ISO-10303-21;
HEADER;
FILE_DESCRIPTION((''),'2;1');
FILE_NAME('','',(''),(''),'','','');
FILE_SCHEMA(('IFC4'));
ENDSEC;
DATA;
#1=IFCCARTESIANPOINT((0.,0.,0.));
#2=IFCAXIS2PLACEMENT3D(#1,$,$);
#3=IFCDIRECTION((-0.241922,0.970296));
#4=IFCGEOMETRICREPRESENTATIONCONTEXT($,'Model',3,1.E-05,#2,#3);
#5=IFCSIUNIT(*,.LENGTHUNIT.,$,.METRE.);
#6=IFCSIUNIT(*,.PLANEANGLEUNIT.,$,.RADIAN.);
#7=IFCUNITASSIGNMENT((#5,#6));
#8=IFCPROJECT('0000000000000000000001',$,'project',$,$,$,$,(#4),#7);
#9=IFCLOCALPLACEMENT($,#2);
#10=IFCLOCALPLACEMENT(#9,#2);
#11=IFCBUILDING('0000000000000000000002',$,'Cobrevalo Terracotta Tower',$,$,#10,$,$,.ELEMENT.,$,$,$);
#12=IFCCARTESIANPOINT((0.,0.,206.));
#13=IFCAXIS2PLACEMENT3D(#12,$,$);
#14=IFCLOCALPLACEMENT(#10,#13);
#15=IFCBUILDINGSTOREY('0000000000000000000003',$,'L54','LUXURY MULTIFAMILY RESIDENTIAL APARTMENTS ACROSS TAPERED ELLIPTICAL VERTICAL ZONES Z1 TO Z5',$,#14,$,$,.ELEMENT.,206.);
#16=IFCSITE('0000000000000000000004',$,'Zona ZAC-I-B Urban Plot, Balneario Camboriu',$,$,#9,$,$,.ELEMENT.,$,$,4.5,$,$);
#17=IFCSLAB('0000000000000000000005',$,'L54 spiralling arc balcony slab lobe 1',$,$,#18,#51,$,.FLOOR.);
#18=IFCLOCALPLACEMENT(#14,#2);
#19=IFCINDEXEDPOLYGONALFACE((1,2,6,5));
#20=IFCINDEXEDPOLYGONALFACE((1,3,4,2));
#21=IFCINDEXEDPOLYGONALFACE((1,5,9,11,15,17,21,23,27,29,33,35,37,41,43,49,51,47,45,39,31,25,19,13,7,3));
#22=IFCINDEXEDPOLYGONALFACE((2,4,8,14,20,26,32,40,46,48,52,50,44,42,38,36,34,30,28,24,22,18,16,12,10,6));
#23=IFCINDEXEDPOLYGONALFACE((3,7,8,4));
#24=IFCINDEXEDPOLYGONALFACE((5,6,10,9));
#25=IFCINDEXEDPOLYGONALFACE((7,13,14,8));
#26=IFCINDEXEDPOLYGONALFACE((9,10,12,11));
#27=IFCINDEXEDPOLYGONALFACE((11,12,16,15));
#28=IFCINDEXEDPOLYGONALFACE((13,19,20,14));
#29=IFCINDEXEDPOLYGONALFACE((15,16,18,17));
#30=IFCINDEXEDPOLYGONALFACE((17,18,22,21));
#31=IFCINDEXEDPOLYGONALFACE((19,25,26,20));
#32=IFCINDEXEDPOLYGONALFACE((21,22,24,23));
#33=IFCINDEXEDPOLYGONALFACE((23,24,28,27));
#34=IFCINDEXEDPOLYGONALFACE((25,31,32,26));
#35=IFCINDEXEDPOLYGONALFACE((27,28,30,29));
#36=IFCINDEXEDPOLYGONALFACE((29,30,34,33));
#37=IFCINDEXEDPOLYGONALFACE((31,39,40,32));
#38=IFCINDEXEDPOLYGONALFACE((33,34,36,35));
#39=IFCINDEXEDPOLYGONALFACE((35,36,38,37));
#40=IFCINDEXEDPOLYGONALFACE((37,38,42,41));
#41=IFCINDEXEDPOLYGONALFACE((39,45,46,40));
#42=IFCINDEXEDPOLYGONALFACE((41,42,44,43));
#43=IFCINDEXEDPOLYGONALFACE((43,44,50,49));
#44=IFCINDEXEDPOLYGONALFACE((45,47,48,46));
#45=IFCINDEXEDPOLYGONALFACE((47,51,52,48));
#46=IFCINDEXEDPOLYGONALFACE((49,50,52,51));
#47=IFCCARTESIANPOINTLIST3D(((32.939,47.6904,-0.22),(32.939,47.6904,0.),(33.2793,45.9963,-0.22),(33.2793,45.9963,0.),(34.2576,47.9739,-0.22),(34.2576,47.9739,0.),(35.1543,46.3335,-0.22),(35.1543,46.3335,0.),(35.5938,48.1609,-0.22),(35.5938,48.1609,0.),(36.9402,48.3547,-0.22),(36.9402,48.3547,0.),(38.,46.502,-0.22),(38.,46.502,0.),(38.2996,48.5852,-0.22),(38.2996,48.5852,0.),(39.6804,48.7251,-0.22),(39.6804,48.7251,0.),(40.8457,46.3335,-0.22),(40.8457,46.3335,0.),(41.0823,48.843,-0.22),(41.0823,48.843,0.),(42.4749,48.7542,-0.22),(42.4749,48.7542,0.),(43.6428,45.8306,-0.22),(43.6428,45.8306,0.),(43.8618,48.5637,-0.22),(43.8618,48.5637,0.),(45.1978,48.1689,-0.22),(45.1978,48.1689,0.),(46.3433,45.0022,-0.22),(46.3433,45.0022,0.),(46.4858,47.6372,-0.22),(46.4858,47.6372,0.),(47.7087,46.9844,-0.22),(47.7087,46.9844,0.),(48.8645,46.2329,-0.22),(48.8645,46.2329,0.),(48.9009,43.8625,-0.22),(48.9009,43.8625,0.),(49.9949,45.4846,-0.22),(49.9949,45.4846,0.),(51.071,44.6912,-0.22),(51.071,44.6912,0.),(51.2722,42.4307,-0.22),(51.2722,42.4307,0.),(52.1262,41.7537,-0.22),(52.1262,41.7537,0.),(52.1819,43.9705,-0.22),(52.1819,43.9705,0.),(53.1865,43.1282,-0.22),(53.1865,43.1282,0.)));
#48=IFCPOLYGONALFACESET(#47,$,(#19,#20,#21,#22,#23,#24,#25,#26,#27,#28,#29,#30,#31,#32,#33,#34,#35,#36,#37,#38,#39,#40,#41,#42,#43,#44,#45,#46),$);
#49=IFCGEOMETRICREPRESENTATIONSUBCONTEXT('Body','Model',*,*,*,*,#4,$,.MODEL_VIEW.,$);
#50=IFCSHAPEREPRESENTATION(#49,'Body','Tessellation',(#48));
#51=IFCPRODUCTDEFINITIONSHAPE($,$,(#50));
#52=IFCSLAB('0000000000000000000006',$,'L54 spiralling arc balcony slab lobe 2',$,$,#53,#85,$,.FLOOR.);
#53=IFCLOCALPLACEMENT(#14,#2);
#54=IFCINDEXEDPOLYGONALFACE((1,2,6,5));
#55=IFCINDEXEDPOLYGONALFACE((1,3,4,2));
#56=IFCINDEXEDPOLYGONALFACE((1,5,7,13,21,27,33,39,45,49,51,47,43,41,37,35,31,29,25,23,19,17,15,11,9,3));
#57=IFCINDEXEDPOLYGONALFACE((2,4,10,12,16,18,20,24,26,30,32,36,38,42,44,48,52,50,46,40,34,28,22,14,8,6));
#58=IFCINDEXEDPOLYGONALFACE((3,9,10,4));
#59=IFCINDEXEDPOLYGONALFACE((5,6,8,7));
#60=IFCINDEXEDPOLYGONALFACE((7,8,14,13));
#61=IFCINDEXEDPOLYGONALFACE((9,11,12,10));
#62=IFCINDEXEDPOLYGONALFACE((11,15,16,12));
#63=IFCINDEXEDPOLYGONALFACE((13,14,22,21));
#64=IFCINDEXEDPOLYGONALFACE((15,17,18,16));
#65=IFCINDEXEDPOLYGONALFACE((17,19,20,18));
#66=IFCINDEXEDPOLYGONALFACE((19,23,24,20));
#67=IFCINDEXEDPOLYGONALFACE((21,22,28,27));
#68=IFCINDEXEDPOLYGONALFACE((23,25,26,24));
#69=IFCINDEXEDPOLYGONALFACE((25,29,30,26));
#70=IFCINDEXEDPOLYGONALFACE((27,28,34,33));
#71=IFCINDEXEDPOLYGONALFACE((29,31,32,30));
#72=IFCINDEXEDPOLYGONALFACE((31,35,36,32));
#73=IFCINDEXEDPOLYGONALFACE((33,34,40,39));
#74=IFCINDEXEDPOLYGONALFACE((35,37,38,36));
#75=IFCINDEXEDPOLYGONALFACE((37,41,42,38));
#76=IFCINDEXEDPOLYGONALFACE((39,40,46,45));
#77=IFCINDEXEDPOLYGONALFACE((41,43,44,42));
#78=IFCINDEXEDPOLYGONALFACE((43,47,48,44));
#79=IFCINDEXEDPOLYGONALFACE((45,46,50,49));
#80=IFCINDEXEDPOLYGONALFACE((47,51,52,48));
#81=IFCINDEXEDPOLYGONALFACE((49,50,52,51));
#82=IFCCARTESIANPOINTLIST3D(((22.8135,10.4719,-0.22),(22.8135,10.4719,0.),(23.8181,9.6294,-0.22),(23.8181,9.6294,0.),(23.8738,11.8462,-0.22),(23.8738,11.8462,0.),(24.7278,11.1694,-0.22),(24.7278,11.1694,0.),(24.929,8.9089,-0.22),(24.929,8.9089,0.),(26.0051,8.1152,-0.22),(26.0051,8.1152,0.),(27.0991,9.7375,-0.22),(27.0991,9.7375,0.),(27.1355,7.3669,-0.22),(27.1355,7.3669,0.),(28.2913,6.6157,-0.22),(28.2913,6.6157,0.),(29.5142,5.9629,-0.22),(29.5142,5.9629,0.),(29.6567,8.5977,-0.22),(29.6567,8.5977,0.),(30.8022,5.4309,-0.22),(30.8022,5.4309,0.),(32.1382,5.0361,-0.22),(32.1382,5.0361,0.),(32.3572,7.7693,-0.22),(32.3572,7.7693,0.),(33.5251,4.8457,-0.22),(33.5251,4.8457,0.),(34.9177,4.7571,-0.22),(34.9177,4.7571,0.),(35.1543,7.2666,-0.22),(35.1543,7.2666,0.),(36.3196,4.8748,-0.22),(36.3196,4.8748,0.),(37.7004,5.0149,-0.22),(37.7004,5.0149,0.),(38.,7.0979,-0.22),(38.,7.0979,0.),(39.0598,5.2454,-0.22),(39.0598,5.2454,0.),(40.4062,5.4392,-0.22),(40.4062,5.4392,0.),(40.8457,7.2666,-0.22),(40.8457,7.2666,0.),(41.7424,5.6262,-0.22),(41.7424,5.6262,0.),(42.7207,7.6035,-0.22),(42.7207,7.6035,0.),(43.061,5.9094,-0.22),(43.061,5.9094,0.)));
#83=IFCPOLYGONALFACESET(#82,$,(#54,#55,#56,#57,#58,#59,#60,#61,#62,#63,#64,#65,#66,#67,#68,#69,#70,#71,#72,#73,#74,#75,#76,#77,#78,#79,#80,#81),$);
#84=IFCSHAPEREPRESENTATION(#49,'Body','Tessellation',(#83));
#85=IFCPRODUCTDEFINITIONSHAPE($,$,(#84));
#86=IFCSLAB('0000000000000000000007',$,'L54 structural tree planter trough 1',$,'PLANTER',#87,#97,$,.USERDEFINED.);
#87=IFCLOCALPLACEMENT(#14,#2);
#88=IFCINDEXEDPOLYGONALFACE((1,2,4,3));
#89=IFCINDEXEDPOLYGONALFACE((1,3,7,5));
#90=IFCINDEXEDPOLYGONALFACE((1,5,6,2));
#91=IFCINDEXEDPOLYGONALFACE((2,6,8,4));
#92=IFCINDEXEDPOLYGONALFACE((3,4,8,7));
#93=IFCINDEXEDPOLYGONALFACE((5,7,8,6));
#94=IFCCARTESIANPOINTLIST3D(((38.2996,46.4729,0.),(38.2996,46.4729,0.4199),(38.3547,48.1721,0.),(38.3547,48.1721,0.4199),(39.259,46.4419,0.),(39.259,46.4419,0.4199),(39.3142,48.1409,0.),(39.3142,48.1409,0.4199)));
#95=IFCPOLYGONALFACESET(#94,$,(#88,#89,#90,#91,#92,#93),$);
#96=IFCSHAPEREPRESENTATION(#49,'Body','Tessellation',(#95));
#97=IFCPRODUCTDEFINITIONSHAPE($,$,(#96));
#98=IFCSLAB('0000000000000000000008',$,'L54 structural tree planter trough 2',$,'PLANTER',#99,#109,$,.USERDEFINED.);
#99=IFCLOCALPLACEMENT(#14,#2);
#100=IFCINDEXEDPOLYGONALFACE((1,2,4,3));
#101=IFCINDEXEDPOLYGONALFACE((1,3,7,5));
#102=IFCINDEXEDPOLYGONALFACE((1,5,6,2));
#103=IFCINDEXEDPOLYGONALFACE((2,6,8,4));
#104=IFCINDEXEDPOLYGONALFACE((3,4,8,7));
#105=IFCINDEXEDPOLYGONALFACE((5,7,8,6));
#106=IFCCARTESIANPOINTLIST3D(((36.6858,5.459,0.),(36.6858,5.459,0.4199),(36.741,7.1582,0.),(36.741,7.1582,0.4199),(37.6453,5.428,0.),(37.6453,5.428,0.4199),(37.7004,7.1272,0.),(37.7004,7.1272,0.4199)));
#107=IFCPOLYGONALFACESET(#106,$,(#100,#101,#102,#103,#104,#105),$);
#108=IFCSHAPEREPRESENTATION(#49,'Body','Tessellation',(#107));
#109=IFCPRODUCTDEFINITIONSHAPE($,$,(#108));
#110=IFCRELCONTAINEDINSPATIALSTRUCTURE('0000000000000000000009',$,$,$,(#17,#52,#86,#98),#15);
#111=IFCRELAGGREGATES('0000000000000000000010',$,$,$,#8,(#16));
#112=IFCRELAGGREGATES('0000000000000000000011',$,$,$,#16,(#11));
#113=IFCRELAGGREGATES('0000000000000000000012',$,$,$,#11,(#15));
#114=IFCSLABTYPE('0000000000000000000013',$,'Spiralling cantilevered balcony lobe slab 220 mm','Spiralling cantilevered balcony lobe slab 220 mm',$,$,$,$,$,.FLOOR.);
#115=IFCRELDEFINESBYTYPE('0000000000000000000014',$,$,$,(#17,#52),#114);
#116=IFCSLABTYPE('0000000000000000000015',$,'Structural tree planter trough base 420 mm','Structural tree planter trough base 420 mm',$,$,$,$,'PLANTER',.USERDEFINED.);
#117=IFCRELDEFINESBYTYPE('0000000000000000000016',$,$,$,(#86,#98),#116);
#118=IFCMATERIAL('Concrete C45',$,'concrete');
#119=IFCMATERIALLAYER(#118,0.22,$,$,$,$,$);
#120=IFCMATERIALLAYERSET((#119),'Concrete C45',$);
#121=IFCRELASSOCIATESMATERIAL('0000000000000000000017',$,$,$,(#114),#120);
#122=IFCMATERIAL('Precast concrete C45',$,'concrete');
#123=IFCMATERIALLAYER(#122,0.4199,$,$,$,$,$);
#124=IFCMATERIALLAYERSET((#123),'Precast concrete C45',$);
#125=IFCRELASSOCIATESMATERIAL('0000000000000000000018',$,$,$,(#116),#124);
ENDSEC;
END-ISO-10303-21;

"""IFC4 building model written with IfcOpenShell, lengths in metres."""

from ifc_helpers import new_model, si_unit, direction, frame, origin, place, context, subcontext, project, spatial, polyline, outline, extrude, material, layer, layer_set, type_object, element, save


model = new_model("IFC4")

# Units and contexts
model_context = context("Model", 3, precision=1e-05, world=origin(), true_north=direction((-0.241922, 0.970296)))
body_context = subcontext(model_context, "Body", "Model", "MODEL_VIEW")
ifc_project = project(units=[si_unit("LENGTHUNIT", "METRE"), si_unit("PLANEANGLEUNIT", "RADIAN")], contexts=[model_context])

# Site, building, storey
site_placement = place(None, origin())
site = spatial("IfcSite", under=ifc_project, at=site_placement, Name="Zona ZAC-I-B Urban Plot, Balneario Camboriu", CompositionType="ELEMENT", RefElevation=4.5)
building_placement = place(site_placement, origin())
building = spatial("IfcBuilding", under=site, at=building_placement, Name="Cobrevalo Terracotta Tower", CompositionType="ELEMENT")
storey_placement = place(building_placement, frame((0.0, 0.0, 206.0)))
storey = spatial("IfcBuildingStorey", under=building, at=storey_placement, Name="L54", Description="LUXURY MULTIFAMILY RESIDENTIAL APARTMENTS ACROSS TAPERED ELLIPTICAL VERTICAL ZONES Z1 TO Z5", CompositionType="ELEMENT", Elevation=206.0)

# Slabs
ifc_material_1 = material(Name="Concrete C45", Category="concrete")
ifc_layer_1 = layer(ifc_material_1, 0.22)
ifc_layer_set_1 = layer_set([ifc_layer_1], Name="Concrete C45")
slab_type_1 = type_object("IfcSlabType", Name="Spiralling cantilevered balcony lobe slab 220 mm", Description="Spiralling cantilevered balcony lobe slab 220 mm", PredefinedType="FLOOR", material=ifc_layer_set_1)
slab_1_placement = place(storey_placement, frame((0.0, 0.0, -0.22)))
element("IfcSlab", 1, at=slab_1_placement, inside=storey, type_object=slab_type_1, Name="L54 spiralling arc balcony slab lobe 1", PredefinedType="FLOOR", context=body_context, shape_type="SweptSolid", body=[
    extrude(outline(polyline([(53.1865, 43.1282), (52.1819, 43.9705), (51.071, 44.6912), (49.9949, 45.4846), (48.8645, 46.2329), (47.7087, 46.9844), (46.4858, 47.6372), (45.1978, 48.1689), (43.8618, 48.5637), (42.4749, 48.7542), (41.0823, 48.843), (39.6804, 48.7251), (38.2996, 48.5852), (36.9402, 48.3547), (35.5938, 48.1609), (34.2576, 47.9739), (32.939, 47.6904), (33.2793, 45.9963), (35.1543, 46.3335), (38.0, 46.502), (40.8457, 46.3335), (43.6428, 45.8306), (46.3433, 45.0022), (48.9009, 43.8625), (51.2722, 42.4307), (52.1262, 41.7537), (53.1865, 43.1282)])), origin(), (0.0, 0.0, 1.0), 0.22),
])
slab_2_placement = place(storey_placement, frame((0.0, 0.0, -0.22)))
element("IfcSlab", 2, at=slab_2_placement, inside=storey, type_object=slab_type_1, Name="L54 spiralling arc balcony slab lobe 2", PredefinedType="FLOOR", context=body_context, shape_type="SweptSolid", body=[
    extrude(outline(polyline([(22.8135, 10.4719), (23.8181, 9.6294), (24.929, 8.9089), (26.0051, 8.1152), (27.1355, 7.3669), (28.2913, 6.6157), (29.5142, 5.9629), (30.8022, 5.4309), (32.1382, 5.0361), (33.5251, 4.8457), (34.9177, 4.7571), (36.3196, 4.8748), (37.7004, 5.0149), (39.0598, 5.2454), (40.4062, 5.4392), (41.7424, 5.6262), (43.061, 5.9094), (42.7207, 7.6035), (40.8457, 7.2666), (38.0, 7.0979), (35.1543, 7.2666), (32.3572, 7.7693), (29.6567, 8.5977), (27.0991, 9.7375), (24.7278, 11.1694), (23.8738, 11.8462), (22.8135, 10.4719)])), origin(), (0.0, 0.0, 1.0), 0.22),
])
ifc_material_2 = material(Name="Precast concrete C45", Category="concrete")
ifc_layer_2 = layer(ifc_material_2, 0.4199)
ifc_layer_set_2 = layer_set([ifc_layer_2], Name="Precast concrete C45")
slab_type_2 = type_object("IfcSlabType", Name="Structural tree planter trough base 420 mm", Description="Structural tree planter trough base 420 mm", ElementType="PLANTER", PredefinedType="USERDEFINED", material=ifc_layer_set_2)
slab_3_placement = place(storey_placement, origin())
element("IfcSlab", 3, at=slab_3_placement, inside=storey, type_object=slab_type_2, Name="L54 structural tree planter trough 1", ObjectType="PLANTER", PredefinedType="USERDEFINED", context=body_context, shape_type="SweptSolid", body=[
    extrude(outline(polyline([(39.259, 46.4419), (39.3142, 48.1409), (38.3547, 48.1721), (38.2996, 46.4729), (39.259, 46.4419)])), origin(), (0.0, 0.0, 1.0), 0.4199),
])
slab_4_placement = place(storey_placement, origin())
element("IfcSlab", 4, at=slab_4_placement, inside=storey, type_object=slab_type_2, Name="L54 structural tree planter trough 2", ObjectType="PLANTER", PredefinedType="USERDEFINED", context=body_context, shape_type="SweptSolid", body=[
    extrude(outline(polyline([(36.741, 7.1582), (36.6858, 5.459), (37.6453, 5.428), (37.7004, 7.1272), (36.741, 7.1582)])), origin(), (0.0, 0.0, 1.0), 0.4199),
])

save(model, "model.ifc")
